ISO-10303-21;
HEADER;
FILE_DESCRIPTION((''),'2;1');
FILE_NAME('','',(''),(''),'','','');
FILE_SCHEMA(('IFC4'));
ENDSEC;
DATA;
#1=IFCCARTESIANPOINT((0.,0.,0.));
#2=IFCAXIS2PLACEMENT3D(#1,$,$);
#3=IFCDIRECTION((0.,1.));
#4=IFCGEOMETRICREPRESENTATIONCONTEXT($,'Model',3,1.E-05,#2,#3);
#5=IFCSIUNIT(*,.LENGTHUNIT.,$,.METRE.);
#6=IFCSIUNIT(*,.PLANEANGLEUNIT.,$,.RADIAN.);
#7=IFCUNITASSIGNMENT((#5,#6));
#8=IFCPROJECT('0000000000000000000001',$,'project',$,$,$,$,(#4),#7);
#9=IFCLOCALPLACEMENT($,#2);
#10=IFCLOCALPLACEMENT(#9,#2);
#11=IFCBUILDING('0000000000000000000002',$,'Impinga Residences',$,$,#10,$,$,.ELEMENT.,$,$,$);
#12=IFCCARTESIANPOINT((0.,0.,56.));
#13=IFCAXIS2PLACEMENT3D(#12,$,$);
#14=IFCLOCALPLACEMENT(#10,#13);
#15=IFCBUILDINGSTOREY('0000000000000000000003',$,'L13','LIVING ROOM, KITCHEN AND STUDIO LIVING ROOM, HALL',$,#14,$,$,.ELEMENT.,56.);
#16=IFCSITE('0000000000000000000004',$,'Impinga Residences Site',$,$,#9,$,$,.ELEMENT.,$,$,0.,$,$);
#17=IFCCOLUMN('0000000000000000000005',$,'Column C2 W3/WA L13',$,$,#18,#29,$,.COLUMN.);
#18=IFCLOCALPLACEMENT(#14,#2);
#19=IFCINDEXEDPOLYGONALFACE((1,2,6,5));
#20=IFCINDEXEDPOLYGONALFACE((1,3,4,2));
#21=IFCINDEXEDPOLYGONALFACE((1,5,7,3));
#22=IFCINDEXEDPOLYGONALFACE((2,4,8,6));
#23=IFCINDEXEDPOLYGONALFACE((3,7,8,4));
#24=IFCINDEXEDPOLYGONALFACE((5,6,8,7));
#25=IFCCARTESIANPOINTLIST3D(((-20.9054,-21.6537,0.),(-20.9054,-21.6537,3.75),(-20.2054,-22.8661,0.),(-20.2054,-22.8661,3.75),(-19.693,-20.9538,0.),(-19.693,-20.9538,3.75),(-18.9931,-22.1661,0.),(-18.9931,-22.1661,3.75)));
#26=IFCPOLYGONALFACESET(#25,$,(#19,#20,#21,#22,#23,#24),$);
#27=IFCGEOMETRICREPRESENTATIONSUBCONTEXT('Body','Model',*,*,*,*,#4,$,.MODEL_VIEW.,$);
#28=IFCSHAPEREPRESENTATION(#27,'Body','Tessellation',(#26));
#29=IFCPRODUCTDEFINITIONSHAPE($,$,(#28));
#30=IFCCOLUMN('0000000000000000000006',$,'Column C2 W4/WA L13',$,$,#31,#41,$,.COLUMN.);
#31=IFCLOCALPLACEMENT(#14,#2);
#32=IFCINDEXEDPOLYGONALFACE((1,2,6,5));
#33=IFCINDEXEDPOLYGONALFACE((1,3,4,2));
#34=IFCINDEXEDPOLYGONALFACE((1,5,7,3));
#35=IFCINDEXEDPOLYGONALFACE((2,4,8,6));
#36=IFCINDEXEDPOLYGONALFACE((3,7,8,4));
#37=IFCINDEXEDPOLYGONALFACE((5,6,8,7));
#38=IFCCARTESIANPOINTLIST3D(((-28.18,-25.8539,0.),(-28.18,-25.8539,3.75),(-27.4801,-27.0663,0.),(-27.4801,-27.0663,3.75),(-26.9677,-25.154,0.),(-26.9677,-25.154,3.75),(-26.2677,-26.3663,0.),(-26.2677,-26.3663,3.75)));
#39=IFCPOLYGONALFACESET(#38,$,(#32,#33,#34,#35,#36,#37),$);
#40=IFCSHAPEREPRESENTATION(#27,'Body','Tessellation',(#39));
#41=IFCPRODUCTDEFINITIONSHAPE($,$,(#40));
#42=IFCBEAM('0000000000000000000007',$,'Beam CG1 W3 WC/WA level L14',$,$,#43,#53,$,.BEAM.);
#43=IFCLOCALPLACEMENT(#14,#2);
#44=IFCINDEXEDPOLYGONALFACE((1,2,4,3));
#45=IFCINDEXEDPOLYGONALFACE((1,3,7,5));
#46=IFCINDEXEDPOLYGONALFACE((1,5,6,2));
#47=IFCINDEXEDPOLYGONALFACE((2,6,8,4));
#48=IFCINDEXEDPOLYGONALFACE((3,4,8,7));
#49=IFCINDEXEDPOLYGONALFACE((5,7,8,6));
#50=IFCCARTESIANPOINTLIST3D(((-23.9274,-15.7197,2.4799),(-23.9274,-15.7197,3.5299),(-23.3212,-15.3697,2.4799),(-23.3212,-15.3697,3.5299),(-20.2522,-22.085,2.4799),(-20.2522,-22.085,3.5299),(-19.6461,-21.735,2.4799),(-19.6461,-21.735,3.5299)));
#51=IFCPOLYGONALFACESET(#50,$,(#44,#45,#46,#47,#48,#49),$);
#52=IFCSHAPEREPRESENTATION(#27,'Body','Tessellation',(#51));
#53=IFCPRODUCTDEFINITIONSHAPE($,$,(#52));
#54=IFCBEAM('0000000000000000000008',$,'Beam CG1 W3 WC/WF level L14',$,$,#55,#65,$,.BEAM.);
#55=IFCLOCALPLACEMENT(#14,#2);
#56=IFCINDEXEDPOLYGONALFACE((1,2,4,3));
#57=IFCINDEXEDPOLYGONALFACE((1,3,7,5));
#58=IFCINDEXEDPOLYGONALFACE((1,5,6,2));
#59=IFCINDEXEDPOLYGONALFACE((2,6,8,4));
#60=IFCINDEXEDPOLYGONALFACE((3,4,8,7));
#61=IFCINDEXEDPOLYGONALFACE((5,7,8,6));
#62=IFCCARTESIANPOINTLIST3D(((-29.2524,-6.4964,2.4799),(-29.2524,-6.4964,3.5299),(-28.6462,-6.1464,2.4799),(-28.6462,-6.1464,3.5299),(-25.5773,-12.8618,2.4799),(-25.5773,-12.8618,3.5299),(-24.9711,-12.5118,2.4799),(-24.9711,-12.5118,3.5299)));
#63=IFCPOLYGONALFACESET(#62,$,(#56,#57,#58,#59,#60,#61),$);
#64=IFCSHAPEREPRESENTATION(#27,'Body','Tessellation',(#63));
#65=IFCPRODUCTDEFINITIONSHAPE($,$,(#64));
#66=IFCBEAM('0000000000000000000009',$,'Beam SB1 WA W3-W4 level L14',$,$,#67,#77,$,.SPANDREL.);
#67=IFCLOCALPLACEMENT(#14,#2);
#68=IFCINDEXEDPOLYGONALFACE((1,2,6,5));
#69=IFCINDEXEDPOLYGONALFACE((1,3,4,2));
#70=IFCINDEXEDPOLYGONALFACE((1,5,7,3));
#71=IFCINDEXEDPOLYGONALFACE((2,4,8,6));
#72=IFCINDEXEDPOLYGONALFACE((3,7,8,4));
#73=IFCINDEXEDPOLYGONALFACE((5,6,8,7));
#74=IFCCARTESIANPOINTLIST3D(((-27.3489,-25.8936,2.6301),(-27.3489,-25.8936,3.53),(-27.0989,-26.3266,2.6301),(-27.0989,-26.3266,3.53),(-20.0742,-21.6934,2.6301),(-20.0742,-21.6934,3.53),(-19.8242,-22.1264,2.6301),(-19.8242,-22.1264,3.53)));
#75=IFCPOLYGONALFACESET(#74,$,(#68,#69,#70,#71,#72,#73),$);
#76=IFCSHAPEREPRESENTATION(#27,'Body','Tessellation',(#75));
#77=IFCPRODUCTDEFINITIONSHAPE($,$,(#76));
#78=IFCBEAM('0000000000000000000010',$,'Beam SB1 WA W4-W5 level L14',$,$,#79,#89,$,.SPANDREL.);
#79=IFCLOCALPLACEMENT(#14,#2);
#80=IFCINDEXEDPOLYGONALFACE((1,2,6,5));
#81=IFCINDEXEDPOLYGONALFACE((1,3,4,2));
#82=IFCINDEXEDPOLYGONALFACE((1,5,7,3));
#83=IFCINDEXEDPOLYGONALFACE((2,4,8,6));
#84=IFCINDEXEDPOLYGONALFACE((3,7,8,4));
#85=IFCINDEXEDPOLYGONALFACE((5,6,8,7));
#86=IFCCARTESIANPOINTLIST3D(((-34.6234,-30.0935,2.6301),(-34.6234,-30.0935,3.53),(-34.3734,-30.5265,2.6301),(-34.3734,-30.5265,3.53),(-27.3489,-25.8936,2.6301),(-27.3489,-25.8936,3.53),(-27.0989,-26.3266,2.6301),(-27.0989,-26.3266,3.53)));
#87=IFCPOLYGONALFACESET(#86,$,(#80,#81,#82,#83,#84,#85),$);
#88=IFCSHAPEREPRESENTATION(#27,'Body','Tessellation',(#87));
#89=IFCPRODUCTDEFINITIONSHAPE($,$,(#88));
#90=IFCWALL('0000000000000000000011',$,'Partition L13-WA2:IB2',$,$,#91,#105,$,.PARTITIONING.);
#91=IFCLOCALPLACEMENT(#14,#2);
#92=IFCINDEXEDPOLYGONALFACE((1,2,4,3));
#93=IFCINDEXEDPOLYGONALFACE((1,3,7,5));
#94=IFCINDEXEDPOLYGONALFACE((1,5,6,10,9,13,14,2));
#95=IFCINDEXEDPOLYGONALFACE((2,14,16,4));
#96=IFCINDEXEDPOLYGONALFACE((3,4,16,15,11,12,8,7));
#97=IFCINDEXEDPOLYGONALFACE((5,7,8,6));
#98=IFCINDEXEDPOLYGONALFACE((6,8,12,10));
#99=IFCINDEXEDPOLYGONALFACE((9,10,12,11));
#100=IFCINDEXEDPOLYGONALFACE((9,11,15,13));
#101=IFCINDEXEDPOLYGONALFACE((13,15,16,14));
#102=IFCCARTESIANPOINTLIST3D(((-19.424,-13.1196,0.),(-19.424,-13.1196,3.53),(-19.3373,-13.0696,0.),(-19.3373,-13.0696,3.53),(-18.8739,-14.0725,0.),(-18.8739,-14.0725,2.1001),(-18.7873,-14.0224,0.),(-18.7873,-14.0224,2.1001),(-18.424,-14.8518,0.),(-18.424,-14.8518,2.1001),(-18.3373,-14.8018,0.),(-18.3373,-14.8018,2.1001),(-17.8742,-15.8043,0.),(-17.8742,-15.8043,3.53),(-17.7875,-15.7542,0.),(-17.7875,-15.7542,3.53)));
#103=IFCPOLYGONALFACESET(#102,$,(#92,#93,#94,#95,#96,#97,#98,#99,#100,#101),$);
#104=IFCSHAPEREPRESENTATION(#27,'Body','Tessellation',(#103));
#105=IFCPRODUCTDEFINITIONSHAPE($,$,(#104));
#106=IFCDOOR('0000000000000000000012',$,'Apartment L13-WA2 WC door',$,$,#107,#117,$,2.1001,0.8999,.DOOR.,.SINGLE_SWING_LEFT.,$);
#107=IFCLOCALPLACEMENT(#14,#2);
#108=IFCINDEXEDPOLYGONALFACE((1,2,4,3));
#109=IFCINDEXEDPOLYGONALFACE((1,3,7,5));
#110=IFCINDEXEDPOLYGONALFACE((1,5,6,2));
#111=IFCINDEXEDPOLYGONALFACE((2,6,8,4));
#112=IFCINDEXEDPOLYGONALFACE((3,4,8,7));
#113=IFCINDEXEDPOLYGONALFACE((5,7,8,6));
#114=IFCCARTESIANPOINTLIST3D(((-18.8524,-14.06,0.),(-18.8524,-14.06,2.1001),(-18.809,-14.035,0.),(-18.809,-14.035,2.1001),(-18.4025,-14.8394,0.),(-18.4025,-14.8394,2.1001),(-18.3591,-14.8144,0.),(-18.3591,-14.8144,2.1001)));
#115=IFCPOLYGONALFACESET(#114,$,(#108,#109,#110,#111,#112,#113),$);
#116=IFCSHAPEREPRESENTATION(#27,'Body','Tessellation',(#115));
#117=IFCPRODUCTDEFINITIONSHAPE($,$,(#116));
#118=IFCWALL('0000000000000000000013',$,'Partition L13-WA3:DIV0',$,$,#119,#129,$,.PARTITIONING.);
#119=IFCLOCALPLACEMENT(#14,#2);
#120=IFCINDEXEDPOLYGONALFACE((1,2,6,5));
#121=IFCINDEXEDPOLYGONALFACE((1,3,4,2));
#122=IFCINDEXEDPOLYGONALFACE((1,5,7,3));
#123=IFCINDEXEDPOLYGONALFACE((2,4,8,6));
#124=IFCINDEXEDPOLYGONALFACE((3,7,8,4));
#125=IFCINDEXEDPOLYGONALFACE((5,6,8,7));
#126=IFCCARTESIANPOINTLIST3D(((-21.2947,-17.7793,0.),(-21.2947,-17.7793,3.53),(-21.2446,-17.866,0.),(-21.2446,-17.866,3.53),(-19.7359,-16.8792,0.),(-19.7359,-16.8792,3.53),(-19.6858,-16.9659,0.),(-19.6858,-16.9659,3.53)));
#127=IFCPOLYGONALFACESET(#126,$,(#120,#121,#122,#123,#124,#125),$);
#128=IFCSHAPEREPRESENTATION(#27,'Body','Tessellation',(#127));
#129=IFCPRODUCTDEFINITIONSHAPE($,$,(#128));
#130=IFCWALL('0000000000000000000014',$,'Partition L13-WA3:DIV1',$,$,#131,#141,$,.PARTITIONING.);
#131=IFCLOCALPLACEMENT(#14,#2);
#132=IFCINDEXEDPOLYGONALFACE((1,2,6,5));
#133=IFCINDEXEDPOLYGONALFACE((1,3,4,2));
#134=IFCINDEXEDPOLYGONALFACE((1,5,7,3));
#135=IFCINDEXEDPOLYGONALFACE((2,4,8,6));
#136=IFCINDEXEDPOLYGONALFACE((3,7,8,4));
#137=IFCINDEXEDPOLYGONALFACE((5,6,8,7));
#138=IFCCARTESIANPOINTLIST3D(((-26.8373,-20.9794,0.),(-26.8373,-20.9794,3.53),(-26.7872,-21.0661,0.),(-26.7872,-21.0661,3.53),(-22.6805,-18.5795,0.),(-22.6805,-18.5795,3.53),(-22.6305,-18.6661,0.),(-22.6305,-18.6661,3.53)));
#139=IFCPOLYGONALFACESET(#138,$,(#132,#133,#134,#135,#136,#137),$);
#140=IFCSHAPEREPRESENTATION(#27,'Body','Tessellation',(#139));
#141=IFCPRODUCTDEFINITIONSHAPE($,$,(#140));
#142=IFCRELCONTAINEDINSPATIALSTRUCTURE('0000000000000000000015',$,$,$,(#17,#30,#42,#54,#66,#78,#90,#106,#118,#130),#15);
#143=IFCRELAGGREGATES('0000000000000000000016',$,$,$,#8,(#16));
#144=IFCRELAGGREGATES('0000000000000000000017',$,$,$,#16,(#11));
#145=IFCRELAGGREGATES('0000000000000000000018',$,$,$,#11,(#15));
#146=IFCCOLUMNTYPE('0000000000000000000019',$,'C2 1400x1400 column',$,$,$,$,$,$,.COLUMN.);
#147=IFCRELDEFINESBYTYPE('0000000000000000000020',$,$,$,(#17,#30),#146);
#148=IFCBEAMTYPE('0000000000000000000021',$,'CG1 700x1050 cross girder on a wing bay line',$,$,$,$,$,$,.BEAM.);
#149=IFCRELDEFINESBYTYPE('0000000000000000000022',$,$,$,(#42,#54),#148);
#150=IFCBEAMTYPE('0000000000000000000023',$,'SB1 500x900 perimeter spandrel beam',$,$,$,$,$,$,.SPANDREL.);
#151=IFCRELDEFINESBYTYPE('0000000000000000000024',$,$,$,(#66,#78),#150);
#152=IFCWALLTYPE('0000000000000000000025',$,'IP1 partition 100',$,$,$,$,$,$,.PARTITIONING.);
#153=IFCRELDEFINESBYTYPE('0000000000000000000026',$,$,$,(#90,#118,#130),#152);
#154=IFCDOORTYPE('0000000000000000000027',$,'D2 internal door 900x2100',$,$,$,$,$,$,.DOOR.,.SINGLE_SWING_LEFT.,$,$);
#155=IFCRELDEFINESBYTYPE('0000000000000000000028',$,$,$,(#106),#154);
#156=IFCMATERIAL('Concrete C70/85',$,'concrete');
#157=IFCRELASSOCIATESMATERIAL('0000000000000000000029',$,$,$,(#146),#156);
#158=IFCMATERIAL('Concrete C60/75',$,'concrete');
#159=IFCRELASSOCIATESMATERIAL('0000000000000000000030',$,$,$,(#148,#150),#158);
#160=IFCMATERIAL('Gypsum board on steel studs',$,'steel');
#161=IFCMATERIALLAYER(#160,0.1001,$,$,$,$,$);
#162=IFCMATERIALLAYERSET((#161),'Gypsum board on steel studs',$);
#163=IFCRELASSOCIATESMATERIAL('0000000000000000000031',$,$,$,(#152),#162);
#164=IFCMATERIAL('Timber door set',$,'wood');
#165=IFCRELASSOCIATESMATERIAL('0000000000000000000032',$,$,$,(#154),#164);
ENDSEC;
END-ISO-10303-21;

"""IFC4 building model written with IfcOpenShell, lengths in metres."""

from ifc_helpers import new_model, si_unit, direction, frame, frame_2d, origin, origin_2d, place, context, subcontext, project, spatial, rectangle, extrude, material, layer, layer_set, material_profile, profile_set, type_object, element, fill, save


model = new_model("IFC4")

# Units and contexts
model_context = context("Model", 3, precision=1e-05, world=origin(), true_north=direction((0.0, 1.0)))
body_context = subcontext(model_context, "Body", "Model", "MODEL_VIEW")
ifc_project = project(units=[si_unit("LENGTHUNIT", "METRE"), si_unit("PLANEANGLEUNIT", "RADIAN")], contexts=[model_context])

# Site, building, storey
site_placement = place(None, origin())
site = spatial("IfcSite", under=ifc_project, at=site_placement, Name="Impinga Residences Site", CompositionType="ELEMENT", RefElevation=0.0)
building_placement = place(site_placement, origin())
building = spatial("IfcBuilding", under=site, at=building_placement, Name="Impinga Residences", CompositionType="ELEMENT")
storey_placement = place(building_placement, frame((0.0, 0.0, 56.0)))
storey = spatial("IfcBuildingStorey", under=building, at=storey_placement, Name="L13", Description="LIVING ROOM, KITCHEN AND STUDIO LIVING ROOM, HALL", CompositionType="ELEMENT", Elevation=56.0)

# Columns
ifc_material_1 = material(Name="Concrete C70/85", Category="concrete")
ifc_material_profile_1 = material_profile(ifc_material_1, rectangle(XDim=1.3999, YDim=1.3999, at=origin_2d()), Name="RC 1400x1400")
ifc_profile_set_1 = profile_set([ifc_material_profile_1], Name="Concrete C70/85")
column_type = type_object("IfcColumnType", Name="C2 1400x1400 column", PredefinedType="COLUMN", material=ifc_profile_set_1)
for number, where, z_axis, x_axis, name in (
    (1, (-19.9492, -21.9099, 0.0), (0.0, 0.0, 1.0), (-0.5, 0.866025, 0.0), "Column C2 W3/WA L13"),
    (2, (-27.2239, -26.1101, 0.0), (0.0, 0.0, 1.0), (-0.5, 0.866025, 0.0), "Column C2 W4/WA L13"),
):
    element("IfcColumn", number, at=place(storey_placement, frame(where, z_axis=z_axis, x_axis=x_axis)), inside=storey, type_object=column_type, Name=name, PredefinedType="COLUMN", context=body_context, shape_type="SweptSolid", body=[
        extrude(rectangle(XDim=1.3999, YDim=1.3999, at=origin_2d()), origin(), (0.0, 0.0, 1.0), 3.75),
    ])

# Beams
ifc_material_2 = material(Name="Concrete C60/75", Category="concrete")
ifc_material_profile_2 = material_profile(ifc_material_2, rectangle(XDim=0.7, YDim=1.05, at=origin_2d()), Name="RC 700x1050")
ifc_profile_set_2 = profile_set([ifc_material_profile_2], Name="Concrete C60/75")
beam_type_1 = type_object("IfcBeamType", Name="CG1 700x1050 cross girder on a wing bay line", PredefinedType="BEAM", material=ifc_profile_set_2)
for number, where, z_axis, x_axis, name in (
    (3, (-23.6243, -15.5447, 3.0049), (0.500008, -0.866021, 0.0), (0.866021, 0.500008, 0.0), "Beam CG1 W3 WC/WA level L14"),
    (4, (-25.2742, -12.6868, 3.0049), (-0.500008, 0.866021, 0.0), (-0.866021, -0.500008, 0.0), "Beam CG1 W3 WC/WF level L14"),
):
    element("IfcBeam", number, at=place(storey_placement, frame(where, z_axis=z_axis, x_axis=x_axis)), inside=storey, type_object=beam_type_1, Name=name, PredefinedType="BEAM", context=body_context, shape_type="SweptSolid", body=[
        extrude(rectangle(XDim=0.7, YDim=1.05, at=origin_2d()), origin(), (0.0, 0.0, 1.0), 7.3501),
    ])
ifc_material_profile_3 = material_profile(ifc_material_2, rectangle(XDim=0.5, YDim=0.8999, at=origin_2d()), Name="RC 500x900")
ifc_profile_set_3 = profile_set([ifc_material_profile_3], Name="Concrete C60/75")
beam_type_2 = type_object("IfcBeamType", Name="SB1 500x900 perimeter spandrel beam", PredefinedType="SPANDREL", material=ifc_profile_set_3)
beam_1_placement = place(storey_placement, frame((-19.9492, -21.9099, 3.0801), z_axis=(-0.866017, -0.500015, 0.0), x_axis=(0.500015, -0.866017, 0.0)))
element("IfcBeam", 5, at=beam_1_placement, inside=storey, type_object=beam_type_2, Name="Beam SB1 WA W3-W4 level L14", PredefinedType="SPANDREL", context=body_context, shape_type="SweptSolid", body=[
    extrude(rectangle(XDim=0.5, YDim=0.8999, at=origin_2d()), origin(), (0.0, 0.0, 1.0), 8.4001),
])
beam_2_placement = place(storey_placement, frame((-27.2239, -26.1101, 3.0801), z_axis=(-0.866029, -0.499993, 0.0), x_axis=(0.499993, -0.866029, 0.0)))
element("IfcBeam", 6, at=beam_2_placement, inside=storey, type_object=beam_type_2, Name="Beam SB1 WA W4-W5 level L14", PredefinedType="SPANDREL", context=body_context, shape_type="SweptSolid", body=[
    extrude(rectangle(XDim=0.5, YDim=0.8999, at=origin_2d()), origin(), (0.0, 0.0, 1.0), 8.3999),
])

# Wall, opening, door
ifc_material_3 = material(Name="Gypsum board on steel studs", Category="steel")
ifc_layer_1 = layer(ifc_material_3, 0.1001)
ifc_layer_set_1 = layer_set([ifc_layer_1], Name="Gypsum board on steel studs")
wall_type_1 = type_object("IfcWallType", Name="IP1 partition 100", PredefinedType="PARTITIONING", material=ifc_layer_set_1)
wall_1_placement = place(storey_placement, frame((-19.3806, -13.0947, 0.0), z_axis=(0.0, 0.0, 1.0), x_axis=(0.499968, -0.866044, 0.0)))
wall_1 = element("IfcWall", 7, at=wall_1_placement, inside=storey, type_object=wall_type_1, Name="Partition L13-WA2:IB2", PredefinedType="PARTITIONING", context=body_context, shape_type="SweptSolid", body=[
    extrude(rectangle(XDim=3.0999, YDim=0.1001, at=frame_2d((1.5498, 0.0))), origin(), (0.0, 0.0, 1.0), 3.53),
])
opening_1_placement = place(wall_1_placement, frame((1.1001, 0.0, 0.0)))
opening_1 = element("IfcOpeningElement", 8, at=opening_1_placement, cuts=wall_1, PredefinedType="OPENING", context=body_context, shape_type="SweptSolid", body=[
    extrude(rectangle(XDim=0.8999, YDim=2.1001, at=frame_2d((0.45, 1.05))), frame((0.0, 0.0601, 0.0), z_axis=(0.0, -1.0, 0.0), x_axis=(1.0, 0.0, 0.0)), (0.0, 0.0, 1.0), 0.1201),
])
ifc_material_4 = material(Name="Timber door set", Category="wood")
door_type = type_object("IfcDoorType", Name="D2 internal door 900x2100", OperationType="SINGLE_SWING_LEFT", PredefinedType="DOOR", material=ifc_material_4)
door_1_placement = place(opening_1_placement, origin())
door_1 = element("IfcDoor", 9, at=door_1_placement, inside=storey, type_object=door_type, Name="Apartment L13-WA2 WC door", OperationType="SINGLE_SWING_LEFT", OverallHeight=2.1001, OverallWidth=0.8999, PredefinedType="DOOR", context=body_context, shape_type="SweptSolid", body=[
    extrude(rectangle(XDim=0.8999, YDim=2.1001, at=frame_2d((0.45, 1.05))), frame((0.0, 0.0249, 0.0), z_axis=(0.0, -1.0, 0.0), x_axis=(1.0, 0.0, 0.0)), (0.0, 0.0, 1.0), 0.05),
])
fill(opening_1, door_1)

# Walls
wall_2_placement = place(storey_placement, frame((-19.7109, -16.9226, 0.0), z_axis=(0.0, 0.0, 1.0), x_axis=(-0.865989, -0.500063, 0.0)))
element("IfcWall", 10, at=wall_2_placement, inside=storey, type_object=wall_type_1, Name="Partition L13-WA3:DIV0", PredefinedType="PARTITIONING", context=body_context, shape_type="SweptSolid", body=[
    extrude(rectangle(XDim=1.8, YDim=0.1001, at=frame_2d((0.8999, 0.0))), origin(), (0.0, 0.0, 1.0), 3.53),
])
wall_3_placement = place(storey_placement, frame((-22.6555, -18.6228, 0.0), z_axis=(0.0, 0.0, 1.0), x_axis=(-0.866025, -0.500001, 0.0)))
element("IfcWall", 11, at=wall_3_placement, inside=storey, type_object=wall_type_1, Name="Partition L13-WA3:DIV1", PredefinedType="PARTITIONING", context=body_context, shape_type="SweptSolid", body=[
    extrude(rectangle(XDim=4.7998, YDim=0.1001, at=frame_2d((2.3999, 0.0))), origin(), (0.0, 0.0, 1.0), 3.53),
])

save(model, "model.ifc")
